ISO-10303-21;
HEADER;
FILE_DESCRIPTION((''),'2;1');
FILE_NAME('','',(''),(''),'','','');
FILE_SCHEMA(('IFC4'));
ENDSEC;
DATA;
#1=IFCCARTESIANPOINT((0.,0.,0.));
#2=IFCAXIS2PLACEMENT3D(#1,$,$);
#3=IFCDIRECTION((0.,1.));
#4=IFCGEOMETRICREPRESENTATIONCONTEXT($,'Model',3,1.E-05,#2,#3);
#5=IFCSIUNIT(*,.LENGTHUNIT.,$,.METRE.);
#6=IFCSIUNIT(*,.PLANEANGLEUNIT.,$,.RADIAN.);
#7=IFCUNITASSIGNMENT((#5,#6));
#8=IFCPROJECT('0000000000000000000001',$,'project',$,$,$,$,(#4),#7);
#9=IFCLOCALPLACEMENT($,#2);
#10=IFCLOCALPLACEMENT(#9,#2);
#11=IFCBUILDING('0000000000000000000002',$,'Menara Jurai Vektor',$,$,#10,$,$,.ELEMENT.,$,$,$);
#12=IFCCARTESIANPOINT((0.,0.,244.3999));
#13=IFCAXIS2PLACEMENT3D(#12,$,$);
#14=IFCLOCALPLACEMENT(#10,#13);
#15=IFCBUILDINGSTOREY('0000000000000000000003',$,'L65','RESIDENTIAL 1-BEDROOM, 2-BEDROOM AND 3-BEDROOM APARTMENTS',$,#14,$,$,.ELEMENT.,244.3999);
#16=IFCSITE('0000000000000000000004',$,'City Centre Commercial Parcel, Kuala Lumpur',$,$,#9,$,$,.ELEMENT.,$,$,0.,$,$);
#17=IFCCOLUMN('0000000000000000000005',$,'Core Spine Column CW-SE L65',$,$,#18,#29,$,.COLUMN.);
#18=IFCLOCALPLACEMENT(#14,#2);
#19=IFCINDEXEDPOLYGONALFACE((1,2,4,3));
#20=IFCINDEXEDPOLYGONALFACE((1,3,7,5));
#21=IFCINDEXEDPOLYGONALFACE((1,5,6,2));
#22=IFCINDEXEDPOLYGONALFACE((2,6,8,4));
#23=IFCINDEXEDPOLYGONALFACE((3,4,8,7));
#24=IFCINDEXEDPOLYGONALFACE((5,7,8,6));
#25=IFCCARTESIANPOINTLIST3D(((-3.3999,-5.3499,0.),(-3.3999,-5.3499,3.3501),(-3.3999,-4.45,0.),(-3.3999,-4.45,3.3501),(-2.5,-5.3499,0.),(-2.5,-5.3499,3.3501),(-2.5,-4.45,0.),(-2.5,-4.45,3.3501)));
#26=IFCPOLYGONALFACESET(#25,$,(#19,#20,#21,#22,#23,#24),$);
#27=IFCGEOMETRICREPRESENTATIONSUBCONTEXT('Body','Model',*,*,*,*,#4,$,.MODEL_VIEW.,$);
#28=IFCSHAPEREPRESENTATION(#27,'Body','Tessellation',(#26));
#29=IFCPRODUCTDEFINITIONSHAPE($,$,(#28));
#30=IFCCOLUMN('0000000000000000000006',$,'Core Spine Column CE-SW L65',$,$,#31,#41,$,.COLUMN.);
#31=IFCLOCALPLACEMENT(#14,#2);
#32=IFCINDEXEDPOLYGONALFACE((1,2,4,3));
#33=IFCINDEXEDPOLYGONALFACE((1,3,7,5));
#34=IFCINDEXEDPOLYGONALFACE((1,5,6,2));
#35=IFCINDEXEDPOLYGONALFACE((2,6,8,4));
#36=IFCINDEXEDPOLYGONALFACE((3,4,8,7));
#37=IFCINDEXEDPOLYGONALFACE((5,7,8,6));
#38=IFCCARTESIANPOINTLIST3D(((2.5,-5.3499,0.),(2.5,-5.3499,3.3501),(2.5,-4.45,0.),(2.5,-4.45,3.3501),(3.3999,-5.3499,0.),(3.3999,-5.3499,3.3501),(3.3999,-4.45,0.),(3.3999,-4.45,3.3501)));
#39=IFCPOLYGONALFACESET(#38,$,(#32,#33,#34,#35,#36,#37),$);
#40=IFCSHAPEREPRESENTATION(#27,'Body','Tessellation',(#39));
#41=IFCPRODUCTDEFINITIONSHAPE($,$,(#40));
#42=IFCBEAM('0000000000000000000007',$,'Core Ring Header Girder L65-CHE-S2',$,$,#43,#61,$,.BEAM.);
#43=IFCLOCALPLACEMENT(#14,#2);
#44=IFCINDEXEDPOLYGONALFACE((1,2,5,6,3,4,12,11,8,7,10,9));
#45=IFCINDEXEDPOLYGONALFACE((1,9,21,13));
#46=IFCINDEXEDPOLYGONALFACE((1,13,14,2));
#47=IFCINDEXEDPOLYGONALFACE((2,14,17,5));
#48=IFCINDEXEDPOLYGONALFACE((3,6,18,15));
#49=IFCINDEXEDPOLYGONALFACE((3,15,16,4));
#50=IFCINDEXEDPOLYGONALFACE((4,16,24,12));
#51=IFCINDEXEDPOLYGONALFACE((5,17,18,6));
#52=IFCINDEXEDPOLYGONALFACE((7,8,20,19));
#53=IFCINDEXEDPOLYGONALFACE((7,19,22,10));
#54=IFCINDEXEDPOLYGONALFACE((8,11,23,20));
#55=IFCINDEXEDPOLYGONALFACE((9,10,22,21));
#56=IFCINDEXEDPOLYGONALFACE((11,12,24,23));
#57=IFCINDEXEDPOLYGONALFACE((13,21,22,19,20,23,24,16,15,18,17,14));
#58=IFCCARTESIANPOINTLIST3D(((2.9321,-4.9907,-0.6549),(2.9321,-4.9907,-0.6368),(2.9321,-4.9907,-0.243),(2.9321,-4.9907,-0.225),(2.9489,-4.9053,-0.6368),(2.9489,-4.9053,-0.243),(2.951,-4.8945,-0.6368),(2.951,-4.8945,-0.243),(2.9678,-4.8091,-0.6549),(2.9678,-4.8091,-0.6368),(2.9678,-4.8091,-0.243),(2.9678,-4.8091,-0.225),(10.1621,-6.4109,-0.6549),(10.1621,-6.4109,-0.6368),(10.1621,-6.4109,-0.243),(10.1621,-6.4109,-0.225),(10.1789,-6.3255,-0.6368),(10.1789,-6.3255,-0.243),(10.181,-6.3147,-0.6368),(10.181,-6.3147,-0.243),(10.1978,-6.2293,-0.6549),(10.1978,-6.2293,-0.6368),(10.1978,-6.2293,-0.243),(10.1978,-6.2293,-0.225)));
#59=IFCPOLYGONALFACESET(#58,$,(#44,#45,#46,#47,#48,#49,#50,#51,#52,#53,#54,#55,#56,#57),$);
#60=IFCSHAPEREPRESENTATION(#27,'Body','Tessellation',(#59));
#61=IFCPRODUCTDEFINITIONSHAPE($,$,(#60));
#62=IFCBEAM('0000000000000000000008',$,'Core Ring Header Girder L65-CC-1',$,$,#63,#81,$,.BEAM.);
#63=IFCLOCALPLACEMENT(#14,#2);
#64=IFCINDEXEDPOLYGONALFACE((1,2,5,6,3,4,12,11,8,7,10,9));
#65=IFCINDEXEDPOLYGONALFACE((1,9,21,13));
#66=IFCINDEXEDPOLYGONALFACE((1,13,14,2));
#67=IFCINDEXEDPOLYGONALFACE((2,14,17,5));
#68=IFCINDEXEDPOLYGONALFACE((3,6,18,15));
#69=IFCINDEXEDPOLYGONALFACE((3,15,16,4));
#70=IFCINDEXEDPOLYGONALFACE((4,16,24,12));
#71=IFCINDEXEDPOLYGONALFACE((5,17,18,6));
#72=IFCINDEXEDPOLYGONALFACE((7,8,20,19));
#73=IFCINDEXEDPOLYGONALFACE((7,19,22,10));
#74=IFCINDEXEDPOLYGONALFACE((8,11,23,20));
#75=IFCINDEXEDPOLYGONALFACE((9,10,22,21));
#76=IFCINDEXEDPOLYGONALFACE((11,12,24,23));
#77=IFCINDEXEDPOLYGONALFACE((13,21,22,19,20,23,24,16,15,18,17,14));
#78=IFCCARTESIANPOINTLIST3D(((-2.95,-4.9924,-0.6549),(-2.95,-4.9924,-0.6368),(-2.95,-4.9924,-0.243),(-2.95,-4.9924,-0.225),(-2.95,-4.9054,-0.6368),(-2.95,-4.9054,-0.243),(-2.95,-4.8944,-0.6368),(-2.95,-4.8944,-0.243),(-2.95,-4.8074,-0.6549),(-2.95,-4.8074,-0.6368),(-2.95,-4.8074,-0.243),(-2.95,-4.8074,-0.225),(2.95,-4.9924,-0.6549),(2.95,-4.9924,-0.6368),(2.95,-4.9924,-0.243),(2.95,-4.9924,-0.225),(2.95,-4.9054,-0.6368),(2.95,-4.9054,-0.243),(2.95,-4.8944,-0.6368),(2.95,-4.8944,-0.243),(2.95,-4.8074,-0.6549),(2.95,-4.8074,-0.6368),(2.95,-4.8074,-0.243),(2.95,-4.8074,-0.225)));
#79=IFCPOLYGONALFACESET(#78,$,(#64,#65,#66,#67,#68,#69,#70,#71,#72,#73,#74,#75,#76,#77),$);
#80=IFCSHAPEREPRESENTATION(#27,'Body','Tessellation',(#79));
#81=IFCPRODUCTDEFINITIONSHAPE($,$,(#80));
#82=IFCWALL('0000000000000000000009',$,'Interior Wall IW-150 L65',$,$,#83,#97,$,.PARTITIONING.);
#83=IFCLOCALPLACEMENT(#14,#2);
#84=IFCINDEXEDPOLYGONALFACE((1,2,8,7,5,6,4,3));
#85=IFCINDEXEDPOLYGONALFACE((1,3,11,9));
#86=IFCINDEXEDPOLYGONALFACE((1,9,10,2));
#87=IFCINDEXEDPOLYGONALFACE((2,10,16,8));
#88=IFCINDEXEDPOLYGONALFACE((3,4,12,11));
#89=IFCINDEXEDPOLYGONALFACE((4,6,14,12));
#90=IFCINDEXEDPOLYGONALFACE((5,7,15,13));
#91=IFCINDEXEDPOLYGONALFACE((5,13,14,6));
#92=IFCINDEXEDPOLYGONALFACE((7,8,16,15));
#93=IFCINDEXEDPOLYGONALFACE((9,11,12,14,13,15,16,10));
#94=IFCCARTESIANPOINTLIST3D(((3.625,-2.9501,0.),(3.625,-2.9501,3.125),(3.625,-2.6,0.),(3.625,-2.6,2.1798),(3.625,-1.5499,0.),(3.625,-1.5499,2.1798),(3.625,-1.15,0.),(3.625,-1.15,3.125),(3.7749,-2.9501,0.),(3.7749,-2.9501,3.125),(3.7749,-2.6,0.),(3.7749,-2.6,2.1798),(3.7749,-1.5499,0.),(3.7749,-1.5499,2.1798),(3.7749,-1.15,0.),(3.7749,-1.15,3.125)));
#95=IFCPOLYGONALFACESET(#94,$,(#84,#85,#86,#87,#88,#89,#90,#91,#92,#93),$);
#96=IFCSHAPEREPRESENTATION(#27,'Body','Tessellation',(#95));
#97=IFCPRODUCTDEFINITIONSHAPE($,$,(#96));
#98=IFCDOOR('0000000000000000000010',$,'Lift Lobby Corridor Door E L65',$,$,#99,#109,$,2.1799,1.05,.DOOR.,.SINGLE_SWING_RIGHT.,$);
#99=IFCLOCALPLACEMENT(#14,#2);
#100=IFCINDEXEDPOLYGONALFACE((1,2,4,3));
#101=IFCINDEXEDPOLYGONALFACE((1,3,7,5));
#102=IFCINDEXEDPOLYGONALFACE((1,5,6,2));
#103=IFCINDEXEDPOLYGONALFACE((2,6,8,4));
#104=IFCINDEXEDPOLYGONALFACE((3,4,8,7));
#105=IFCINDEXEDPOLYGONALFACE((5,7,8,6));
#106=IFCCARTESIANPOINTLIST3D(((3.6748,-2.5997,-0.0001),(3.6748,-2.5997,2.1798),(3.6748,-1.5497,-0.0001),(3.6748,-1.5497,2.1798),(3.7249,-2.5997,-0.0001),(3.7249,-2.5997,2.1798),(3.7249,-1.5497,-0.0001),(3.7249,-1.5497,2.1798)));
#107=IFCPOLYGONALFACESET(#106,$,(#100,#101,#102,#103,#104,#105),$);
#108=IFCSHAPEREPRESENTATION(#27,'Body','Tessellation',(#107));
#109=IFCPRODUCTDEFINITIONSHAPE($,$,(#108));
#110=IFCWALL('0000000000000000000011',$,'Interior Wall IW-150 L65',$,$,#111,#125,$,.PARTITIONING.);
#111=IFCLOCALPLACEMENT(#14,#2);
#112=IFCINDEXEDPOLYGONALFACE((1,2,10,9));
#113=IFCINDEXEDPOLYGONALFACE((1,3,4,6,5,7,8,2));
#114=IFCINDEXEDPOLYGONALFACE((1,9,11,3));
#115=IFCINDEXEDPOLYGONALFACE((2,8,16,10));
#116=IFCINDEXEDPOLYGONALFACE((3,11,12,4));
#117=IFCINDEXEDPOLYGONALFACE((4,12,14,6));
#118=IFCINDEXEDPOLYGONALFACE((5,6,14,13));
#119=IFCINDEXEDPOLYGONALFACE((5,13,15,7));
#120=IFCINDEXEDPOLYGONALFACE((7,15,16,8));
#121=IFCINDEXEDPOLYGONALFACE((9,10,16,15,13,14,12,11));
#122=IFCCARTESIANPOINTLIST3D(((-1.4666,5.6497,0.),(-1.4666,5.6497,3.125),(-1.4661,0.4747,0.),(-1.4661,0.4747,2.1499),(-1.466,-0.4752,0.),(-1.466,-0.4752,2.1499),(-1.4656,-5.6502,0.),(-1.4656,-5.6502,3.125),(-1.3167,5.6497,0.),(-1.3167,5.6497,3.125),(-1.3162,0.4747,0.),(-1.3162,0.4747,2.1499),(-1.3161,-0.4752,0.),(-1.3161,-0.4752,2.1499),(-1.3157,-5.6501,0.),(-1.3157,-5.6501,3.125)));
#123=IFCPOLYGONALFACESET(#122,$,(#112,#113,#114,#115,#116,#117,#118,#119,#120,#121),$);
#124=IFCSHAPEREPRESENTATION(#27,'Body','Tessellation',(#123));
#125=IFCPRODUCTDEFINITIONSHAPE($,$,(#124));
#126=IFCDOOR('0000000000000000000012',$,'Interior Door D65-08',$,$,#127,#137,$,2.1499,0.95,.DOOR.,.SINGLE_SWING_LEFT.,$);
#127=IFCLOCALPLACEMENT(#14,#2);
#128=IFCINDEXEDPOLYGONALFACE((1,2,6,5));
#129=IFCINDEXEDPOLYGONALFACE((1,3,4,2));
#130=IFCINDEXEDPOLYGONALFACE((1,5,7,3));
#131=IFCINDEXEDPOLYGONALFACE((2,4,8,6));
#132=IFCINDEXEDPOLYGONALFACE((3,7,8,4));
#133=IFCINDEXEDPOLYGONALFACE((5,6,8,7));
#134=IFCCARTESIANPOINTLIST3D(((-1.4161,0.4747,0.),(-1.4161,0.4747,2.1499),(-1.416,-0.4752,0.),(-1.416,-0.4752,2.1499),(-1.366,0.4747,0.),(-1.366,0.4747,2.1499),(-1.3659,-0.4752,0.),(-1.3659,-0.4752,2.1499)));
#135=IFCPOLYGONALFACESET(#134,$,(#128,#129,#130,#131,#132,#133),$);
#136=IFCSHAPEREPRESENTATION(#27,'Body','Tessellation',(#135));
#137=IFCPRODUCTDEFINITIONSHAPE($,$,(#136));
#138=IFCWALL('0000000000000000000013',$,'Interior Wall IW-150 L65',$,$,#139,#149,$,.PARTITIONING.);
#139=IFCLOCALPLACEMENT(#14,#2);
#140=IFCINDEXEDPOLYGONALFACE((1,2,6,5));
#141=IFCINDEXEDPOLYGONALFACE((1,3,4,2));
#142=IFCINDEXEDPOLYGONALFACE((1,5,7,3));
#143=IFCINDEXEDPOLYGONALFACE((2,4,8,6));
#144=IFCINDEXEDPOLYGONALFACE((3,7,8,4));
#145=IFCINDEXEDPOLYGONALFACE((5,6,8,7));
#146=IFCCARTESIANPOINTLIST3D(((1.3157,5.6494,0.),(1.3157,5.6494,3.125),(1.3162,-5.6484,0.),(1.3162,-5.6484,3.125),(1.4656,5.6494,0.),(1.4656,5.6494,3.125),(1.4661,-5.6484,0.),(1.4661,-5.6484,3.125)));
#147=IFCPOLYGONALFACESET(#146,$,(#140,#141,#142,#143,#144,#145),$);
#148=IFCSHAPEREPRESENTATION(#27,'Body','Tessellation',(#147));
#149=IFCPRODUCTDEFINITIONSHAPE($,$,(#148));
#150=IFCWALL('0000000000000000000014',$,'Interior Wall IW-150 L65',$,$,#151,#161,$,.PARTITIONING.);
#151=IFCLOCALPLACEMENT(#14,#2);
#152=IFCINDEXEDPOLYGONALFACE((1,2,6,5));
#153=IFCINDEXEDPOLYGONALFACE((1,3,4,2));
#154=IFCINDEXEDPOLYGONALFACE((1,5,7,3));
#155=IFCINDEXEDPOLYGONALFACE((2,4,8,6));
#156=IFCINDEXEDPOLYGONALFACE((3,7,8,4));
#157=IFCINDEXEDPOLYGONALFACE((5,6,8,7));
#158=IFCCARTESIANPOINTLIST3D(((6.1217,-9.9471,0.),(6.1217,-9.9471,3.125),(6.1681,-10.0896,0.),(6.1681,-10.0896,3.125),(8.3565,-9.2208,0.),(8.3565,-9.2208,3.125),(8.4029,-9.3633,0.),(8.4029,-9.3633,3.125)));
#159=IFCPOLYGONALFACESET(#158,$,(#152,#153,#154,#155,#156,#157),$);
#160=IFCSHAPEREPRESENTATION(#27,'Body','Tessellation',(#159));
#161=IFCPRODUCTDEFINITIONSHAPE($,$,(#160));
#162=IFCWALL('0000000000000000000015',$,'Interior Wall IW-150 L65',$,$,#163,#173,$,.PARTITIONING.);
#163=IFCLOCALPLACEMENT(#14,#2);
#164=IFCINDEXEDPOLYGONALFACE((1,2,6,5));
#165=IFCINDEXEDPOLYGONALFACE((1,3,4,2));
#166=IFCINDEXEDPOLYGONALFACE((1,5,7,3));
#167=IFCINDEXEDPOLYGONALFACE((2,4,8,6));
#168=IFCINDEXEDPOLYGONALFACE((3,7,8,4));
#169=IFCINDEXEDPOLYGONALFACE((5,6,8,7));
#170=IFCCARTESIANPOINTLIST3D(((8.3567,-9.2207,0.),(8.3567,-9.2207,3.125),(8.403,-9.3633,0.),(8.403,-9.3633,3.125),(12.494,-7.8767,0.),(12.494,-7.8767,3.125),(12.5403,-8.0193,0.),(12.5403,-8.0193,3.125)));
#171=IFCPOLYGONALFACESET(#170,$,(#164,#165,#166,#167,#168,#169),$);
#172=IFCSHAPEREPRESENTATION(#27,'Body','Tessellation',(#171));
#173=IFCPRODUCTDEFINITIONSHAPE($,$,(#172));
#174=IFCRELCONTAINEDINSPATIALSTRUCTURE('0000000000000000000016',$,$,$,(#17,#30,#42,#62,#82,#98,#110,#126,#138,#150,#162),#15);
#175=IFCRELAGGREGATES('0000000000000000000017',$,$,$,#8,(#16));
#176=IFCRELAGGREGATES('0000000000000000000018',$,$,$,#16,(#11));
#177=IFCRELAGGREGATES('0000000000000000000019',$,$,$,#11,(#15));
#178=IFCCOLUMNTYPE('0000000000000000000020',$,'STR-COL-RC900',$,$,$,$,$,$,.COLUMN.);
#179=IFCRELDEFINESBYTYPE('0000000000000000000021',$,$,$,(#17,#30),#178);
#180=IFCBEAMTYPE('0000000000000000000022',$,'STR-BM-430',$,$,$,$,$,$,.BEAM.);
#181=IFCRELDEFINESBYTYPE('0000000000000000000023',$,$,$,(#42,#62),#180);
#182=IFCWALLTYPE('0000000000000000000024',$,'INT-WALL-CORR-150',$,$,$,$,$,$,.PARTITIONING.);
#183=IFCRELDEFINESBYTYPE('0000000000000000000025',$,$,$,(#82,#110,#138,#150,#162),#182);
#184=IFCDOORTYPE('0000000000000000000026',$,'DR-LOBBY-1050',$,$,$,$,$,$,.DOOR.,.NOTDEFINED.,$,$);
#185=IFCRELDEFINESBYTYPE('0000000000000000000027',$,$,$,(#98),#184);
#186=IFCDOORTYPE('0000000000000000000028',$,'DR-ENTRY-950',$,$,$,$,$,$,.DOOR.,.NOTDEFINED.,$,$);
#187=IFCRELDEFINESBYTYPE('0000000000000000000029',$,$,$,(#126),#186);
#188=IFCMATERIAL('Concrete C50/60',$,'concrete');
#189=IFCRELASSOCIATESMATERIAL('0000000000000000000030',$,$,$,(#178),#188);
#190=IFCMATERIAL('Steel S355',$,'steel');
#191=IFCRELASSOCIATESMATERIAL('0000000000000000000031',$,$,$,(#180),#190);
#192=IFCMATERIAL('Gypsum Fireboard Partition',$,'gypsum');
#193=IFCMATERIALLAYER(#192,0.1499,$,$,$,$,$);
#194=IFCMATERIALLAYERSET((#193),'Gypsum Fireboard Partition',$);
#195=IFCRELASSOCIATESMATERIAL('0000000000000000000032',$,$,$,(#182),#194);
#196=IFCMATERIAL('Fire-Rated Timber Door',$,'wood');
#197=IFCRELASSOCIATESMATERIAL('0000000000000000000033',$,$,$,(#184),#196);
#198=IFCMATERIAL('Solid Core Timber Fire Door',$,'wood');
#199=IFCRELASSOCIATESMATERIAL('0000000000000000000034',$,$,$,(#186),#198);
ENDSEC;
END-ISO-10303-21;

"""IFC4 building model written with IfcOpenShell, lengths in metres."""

from ifc_helpers import new_model, si_unit, direction, frame, frame_2d, origin, origin_2d, place, context, subcontext, project, spatial, rectangle, i_section, extrude, material, layer, layer_set, material_profile, profile_set, type_object, element, fill, save


model = new_model("IFC4")

# Units and contexts
model_context = context("Model", 3, precision=1e-05, world=origin(), true_north=direction((0.0, 1.0)))
body_context = subcontext(model_context, "Body", "Model", "MODEL_VIEW")
ifc_project = project(units=[si_unit("LENGTHUNIT", "METRE"), si_unit("PLANEANGLEUNIT", "RADIAN")], contexts=[model_context])

# Site, building, storey
site_placement = place(None, origin())
site = spatial("IfcSite", under=ifc_project, at=site_placement, Name="City Centre Commercial Parcel, Kuala Lumpur", CompositionType="ELEMENT", RefElevation=0.0)
building_placement = place(site_placement, origin())
building = spatial("IfcBuilding", under=site, at=building_placement, Name="Menara Jurai Vektor", CompositionType="ELEMENT")
storey_placement = place(building_placement, frame((0.0, 0.0, 244.3999)))
storey = spatial("IfcBuildingStorey", under=building, at=storey_placement, Name="L65", Description="RESIDENTIAL 1-BEDROOM, 2-BEDROOM AND 3-BEDROOM APARTMENTS", CompositionType="ELEMENT", Elevation=244.3999)

# Columns
ifc_material_1 = material(Name="Concrete C50/60", Category="concrete")
ifc_material_profile_1 = material_profile(ifc_material_1, rectangle(XDim=0.8999, YDim=0.8999, at=origin_2d()), Name="RC 900x900")
ifc_profile_set_1 = profile_set([ifc_material_profile_1], Name="Concrete C50/60")
column_type = type_object("IfcColumnType", Name="STR-COL-RC900", PredefinedType="COLUMN", material=ifc_profile_set_1)
for number, where, z_axis, x_axis, name in (
    (1, (-2.95, -4.8999, 0.0), (0.0, 0.0, 1.0), (1.0, 0.0, 0.0), "Core Spine Column CW-SE L65"),
    (2, (2.95, -4.8999, 0.0), (0.0, 0.0, 1.0), (1.0, 0.0, 0.0), "Core Spine Column CE-SW L65"),
):
    element("IfcColumn", number, at=place(storey_placement, frame(where, z_axis=z_axis, x_axis=x_axis)), inside=storey, type_object=column_type, Name=name, PredefinedType="COLUMN", context=body_context, shape_type="SweptSolid", body=[
        extrude(rectangle(XDim=0.8999, YDim=0.8999, at=origin_2d()), origin(), (0.0, 0.0, 1.0), 3.3501),
    ])

# Beams
ifc_material_2 = material(Name="Steel S355", Category="steel")
ifc_material_profile_2 = material_profile(ifc_material_2, i_section(OverallWidth=0.1851, OverallDepth=0.4299, WebThickness=0.011, FlangeThickness=0.0181, at=origin_2d()), Name="PG 430x185x76")
ifc_profile_set_2 = profile_set([ifc_material_profile_2], Name="Steel S355")
beam_type = type_object("IfcBeamType", Name="STR-BM-430", PredefinedType="BEAM", material=ifc_profile_set_2)
beam_1_placement = place(storey_placement, frame((2.95, -4.8999, -0.4399), z_axis=(0.981249, -0.192744, 0.0), x_axis=(0.192744, 0.981249, 0.0)))
element("IfcBeam", 3, at=beam_1_placement, inside=storey, type_object=beam_type, Name="Core Ring Header Girder L65-CHE-S2", PredefinedType="BEAM", context=body_context, shape_type="SweptSolid", body=[
    extrude(i_section(OverallWidth=0.1851, OverallDepth=0.4299, WebThickness=0.011, FlangeThickness=0.0181, at=origin_2d()), origin(), (0.0, 0.0, 1.0), 7.3682),
])
beam_2_placement = place(storey_placement, frame((-2.95, -4.8999, -0.4399), z_axis=(1.0, 0.0, 0.0), x_axis=(0.0, 1.0, 0.0)))
element("IfcBeam", 4, at=beam_2_placement, inside=storey, type_object=beam_type, Name="Core Ring Header Girder L65-CC-1", PredefinedType="BEAM", context=body_context, shape_type="SweptSolid", body=[
    extrude(i_section(OverallWidth=0.1851, OverallDepth=0.4299, WebThickness=0.011, FlangeThickness=0.0181, at=origin_2d()), origin(), (0.0, 0.0, 1.0), 5.8999),
])

# Walls, openings, doors
ifc_material_3 = material(Name="Gypsum Fireboard Partition", Category="gypsum")
ifc_layer_1 = layer(ifc_material_3, 0.1499)
ifc_layer_set_1 = layer_set([ifc_layer_1], Name="Gypsum Fireboard Partition")
wall_type_1 = type_object("IfcWallType", Name="INT-WALL-CORR-150", PredefinedType="PARTITIONING", material=ifc_layer_set_1)
wall_1_placement = place(storey_placement, frame((3.7, -2.95, 0.0), z_axis=(0.0, 0.0, 1.0), x_axis=(0.0, 1.0, 0.0)))
wall_1 = element("IfcWall", 5, at=wall_1_placement, inside=storey, type_object=wall_type_1, Name="Interior Wall IW-150 L65", PredefinedType="PARTITIONING", context=body_context, shape_type="SweptSolid", body=[
    extrude(rectangle(XDim=1.8, YDim=0.1499, at=frame_2d((0.8999, 0.0))), origin(), (0.0, 0.0, 1.0), 3.125),
])
opening_1_placement = place(wall_1_placement, frame((0.3501, 0.0, 0.0)))
opening_1 = element("IfcOpeningElement", 6, at=opening_1_placement, cuts=wall_1, PredefinedType="OPENING", context=body_context, shape_type="SweptSolid", body=[
    extrude(rectangle(XDim=1.05, YDim=2.1799, at=frame_2d((0.5249, 1.0898))), frame((0.0, 0.085, 0.0), z_axis=(0.0, -1.0, 0.0), x_axis=(1.0, 0.0, 0.0)), (0.0, 0.0, 1.0), 0.1699),
])
ifc_material_4 = material(Name="Fire-Rated Timber Door", Category="wood")
door_type_1 = type_object("IfcDoorType", Name="DR-LOBBY-1050", OperationType="NOTDEFINED", PredefinedType="DOOR", material=ifc_material_4)
door_1_placement = place(opening_1_placement, frame((1.05, 0.0, 0.0), z_axis=(0.0, 0.0, 1.0), x_axis=(-1.0, 0.0, 0.0)))
door_1 = element("IfcDoor", 7, at=door_1_placement, inside=storey, type_object=door_type_1, Name="Lift Lobby Corridor Door E L65", OperationType="SINGLE_SWING_RIGHT", OverallHeight=2.1799, OverallWidth=1.05, PredefinedType="DOOR", context=body_context, shape_type="SweptSolid", body=[
    extrude(rectangle(XDim=1.05, YDim=2.1799, at=frame_2d((0.5249, 1.0898))), frame((0.0, 0.0249, 0.0), z_axis=(0.0, -1.0, 0.0), x_axis=(1.0, 0.0, 0.0)), (0.0, 0.0, 1.0), 0.05),
])
fill(opening_1, door_1)
wall_2_placement = place(storey_placement, frame((-1.3906, -5.6501, 0.0), z_axis=(0.0, 0.0, 1.0), x_axis=(-0.000086, 1.0, 0.0)))
wall_2 = element("IfcWall", 8, at=wall_2_placement, inside=storey, type_object=wall_type_1, Name="Interior Wall IW-150 L65", PredefinedType="PARTITIONING", context=body_context, shape_type="SweptSolid", body=[
    extrude(rectangle(XDim=11.2998, YDim=0.1499, at=frame_2d((5.6499, 0.0))), origin(), (0.0, 0.0, 1.0), 3.125),
])
opening_2_placement = place(wall_2_placement, frame((5.1748, 0.0, 0.0)))
opening_2 = element("IfcOpeningElement", 9, at=opening_2_placement, cuts=wall_2, PredefinedType="OPENING", context=body_context, shape_type="SweptSolid", body=[
    extrude(rectangle(XDim=0.95, YDim=2.1499, at=frame_2d((0.4751, 1.075))), frame((0.0, 0.085, 0.0), z_axis=(0.0, -1.0, 0.0), x_axis=(1.0, 0.0, 0.0)), (0.0, 0.0, 1.0), 0.1699),
])
ifc_material_5 = material(Name="Solid Core Timber Fire Door", Category="wood")
door_type_2 = type_object("IfcDoorType", Name="DR-ENTRY-950", OperationType="NOTDEFINED", PredefinedType="DOOR", material=ifc_material_5)
door_2_placement = place(opening_2_placement, origin())
door_2 = element("IfcDoor", 10, at=door_2_placement, inside=storey, type_object=door_type_2, Name="Interior Door D65-08", OperationType="SINGLE_SWING_LEFT", OverallHeight=2.1499, OverallWidth=0.95, PredefinedType="DOOR", context=body_context, shape_type="SweptSolid", body=[
    extrude(rectangle(XDim=0.95, YDim=2.1499, at=frame_2d((0.4751, 1.075))), frame((0.0, 0.0249, 0.0), z_axis=(0.0, -1.0, 0.0), x_axis=(1.0, 0.0, 0.0)), (0.0, 0.0, 1.0), 0.05),
])
fill(opening_2, door_2)

# Walls
wall_3_placement = place(storey_placement, frame((1.3911, -5.6484, 0.0), z_axis=(0.0, 0.0, 1.0), x_axis=(-0.000043, 1.0, 0.0)))
element("IfcWall", 11, at=wall_3_placement, inside=storey, type_object=wall_type_1, Name="Interior Wall IW-150 L65", PredefinedType="PARTITIONING", context=body_context, shape_type="SweptSolid", body=[
    extrude(rectangle(XDim=11.2979, YDim=0.1499, at=frame_2d((5.6489, 0.0))), origin(), (0.0, 0.0, 1.0), 3.125),
])
wall_4_placement = place(storey_placement, frame((6.145, -10.0183, 0.0), z_axis=(0.0, 0.0, 1.0), x_axis=(0.951036, 0.309081, 0.0)))
element("IfcWall", 12, at=wall_4_placement, inside=storey, type_object=wall_type_1, Name="Interior Wall IW-150 L65", PredefinedType="PARTITIONING", context=body_context, shape_type="SweptSolid", body=[
    extrude(rectangle(XDim=2.3499, YDim=0.1499, at=frame_2d((1.1748, 0.0))), origin(), (0.0, 0.0, 1.0), 3.125),
])
wall_5_placement = place(storey_placement, frame((8.3799, -9.292, 0.0), z_axis=(0.0, 0.0, 1.0), x_axis=(0.951074, 0.308962, 0.0)))
element("IfcWall", 13, at=wall_5_placement, inside=storey, type_object=wall_type_1, Name="Interior Wall IW-150 L65", PredefinedType="PARTITIONING", context=body_context, shape_type="SweptSolid", body=[
    extrude(rectangle(XDim=4.3501, YDim=0.1499, at=frame_2d((2.175, 0.0))), origin(), (0.0, 0.0, 1.0), 3.125),
])

save(model, "model.ifc")
